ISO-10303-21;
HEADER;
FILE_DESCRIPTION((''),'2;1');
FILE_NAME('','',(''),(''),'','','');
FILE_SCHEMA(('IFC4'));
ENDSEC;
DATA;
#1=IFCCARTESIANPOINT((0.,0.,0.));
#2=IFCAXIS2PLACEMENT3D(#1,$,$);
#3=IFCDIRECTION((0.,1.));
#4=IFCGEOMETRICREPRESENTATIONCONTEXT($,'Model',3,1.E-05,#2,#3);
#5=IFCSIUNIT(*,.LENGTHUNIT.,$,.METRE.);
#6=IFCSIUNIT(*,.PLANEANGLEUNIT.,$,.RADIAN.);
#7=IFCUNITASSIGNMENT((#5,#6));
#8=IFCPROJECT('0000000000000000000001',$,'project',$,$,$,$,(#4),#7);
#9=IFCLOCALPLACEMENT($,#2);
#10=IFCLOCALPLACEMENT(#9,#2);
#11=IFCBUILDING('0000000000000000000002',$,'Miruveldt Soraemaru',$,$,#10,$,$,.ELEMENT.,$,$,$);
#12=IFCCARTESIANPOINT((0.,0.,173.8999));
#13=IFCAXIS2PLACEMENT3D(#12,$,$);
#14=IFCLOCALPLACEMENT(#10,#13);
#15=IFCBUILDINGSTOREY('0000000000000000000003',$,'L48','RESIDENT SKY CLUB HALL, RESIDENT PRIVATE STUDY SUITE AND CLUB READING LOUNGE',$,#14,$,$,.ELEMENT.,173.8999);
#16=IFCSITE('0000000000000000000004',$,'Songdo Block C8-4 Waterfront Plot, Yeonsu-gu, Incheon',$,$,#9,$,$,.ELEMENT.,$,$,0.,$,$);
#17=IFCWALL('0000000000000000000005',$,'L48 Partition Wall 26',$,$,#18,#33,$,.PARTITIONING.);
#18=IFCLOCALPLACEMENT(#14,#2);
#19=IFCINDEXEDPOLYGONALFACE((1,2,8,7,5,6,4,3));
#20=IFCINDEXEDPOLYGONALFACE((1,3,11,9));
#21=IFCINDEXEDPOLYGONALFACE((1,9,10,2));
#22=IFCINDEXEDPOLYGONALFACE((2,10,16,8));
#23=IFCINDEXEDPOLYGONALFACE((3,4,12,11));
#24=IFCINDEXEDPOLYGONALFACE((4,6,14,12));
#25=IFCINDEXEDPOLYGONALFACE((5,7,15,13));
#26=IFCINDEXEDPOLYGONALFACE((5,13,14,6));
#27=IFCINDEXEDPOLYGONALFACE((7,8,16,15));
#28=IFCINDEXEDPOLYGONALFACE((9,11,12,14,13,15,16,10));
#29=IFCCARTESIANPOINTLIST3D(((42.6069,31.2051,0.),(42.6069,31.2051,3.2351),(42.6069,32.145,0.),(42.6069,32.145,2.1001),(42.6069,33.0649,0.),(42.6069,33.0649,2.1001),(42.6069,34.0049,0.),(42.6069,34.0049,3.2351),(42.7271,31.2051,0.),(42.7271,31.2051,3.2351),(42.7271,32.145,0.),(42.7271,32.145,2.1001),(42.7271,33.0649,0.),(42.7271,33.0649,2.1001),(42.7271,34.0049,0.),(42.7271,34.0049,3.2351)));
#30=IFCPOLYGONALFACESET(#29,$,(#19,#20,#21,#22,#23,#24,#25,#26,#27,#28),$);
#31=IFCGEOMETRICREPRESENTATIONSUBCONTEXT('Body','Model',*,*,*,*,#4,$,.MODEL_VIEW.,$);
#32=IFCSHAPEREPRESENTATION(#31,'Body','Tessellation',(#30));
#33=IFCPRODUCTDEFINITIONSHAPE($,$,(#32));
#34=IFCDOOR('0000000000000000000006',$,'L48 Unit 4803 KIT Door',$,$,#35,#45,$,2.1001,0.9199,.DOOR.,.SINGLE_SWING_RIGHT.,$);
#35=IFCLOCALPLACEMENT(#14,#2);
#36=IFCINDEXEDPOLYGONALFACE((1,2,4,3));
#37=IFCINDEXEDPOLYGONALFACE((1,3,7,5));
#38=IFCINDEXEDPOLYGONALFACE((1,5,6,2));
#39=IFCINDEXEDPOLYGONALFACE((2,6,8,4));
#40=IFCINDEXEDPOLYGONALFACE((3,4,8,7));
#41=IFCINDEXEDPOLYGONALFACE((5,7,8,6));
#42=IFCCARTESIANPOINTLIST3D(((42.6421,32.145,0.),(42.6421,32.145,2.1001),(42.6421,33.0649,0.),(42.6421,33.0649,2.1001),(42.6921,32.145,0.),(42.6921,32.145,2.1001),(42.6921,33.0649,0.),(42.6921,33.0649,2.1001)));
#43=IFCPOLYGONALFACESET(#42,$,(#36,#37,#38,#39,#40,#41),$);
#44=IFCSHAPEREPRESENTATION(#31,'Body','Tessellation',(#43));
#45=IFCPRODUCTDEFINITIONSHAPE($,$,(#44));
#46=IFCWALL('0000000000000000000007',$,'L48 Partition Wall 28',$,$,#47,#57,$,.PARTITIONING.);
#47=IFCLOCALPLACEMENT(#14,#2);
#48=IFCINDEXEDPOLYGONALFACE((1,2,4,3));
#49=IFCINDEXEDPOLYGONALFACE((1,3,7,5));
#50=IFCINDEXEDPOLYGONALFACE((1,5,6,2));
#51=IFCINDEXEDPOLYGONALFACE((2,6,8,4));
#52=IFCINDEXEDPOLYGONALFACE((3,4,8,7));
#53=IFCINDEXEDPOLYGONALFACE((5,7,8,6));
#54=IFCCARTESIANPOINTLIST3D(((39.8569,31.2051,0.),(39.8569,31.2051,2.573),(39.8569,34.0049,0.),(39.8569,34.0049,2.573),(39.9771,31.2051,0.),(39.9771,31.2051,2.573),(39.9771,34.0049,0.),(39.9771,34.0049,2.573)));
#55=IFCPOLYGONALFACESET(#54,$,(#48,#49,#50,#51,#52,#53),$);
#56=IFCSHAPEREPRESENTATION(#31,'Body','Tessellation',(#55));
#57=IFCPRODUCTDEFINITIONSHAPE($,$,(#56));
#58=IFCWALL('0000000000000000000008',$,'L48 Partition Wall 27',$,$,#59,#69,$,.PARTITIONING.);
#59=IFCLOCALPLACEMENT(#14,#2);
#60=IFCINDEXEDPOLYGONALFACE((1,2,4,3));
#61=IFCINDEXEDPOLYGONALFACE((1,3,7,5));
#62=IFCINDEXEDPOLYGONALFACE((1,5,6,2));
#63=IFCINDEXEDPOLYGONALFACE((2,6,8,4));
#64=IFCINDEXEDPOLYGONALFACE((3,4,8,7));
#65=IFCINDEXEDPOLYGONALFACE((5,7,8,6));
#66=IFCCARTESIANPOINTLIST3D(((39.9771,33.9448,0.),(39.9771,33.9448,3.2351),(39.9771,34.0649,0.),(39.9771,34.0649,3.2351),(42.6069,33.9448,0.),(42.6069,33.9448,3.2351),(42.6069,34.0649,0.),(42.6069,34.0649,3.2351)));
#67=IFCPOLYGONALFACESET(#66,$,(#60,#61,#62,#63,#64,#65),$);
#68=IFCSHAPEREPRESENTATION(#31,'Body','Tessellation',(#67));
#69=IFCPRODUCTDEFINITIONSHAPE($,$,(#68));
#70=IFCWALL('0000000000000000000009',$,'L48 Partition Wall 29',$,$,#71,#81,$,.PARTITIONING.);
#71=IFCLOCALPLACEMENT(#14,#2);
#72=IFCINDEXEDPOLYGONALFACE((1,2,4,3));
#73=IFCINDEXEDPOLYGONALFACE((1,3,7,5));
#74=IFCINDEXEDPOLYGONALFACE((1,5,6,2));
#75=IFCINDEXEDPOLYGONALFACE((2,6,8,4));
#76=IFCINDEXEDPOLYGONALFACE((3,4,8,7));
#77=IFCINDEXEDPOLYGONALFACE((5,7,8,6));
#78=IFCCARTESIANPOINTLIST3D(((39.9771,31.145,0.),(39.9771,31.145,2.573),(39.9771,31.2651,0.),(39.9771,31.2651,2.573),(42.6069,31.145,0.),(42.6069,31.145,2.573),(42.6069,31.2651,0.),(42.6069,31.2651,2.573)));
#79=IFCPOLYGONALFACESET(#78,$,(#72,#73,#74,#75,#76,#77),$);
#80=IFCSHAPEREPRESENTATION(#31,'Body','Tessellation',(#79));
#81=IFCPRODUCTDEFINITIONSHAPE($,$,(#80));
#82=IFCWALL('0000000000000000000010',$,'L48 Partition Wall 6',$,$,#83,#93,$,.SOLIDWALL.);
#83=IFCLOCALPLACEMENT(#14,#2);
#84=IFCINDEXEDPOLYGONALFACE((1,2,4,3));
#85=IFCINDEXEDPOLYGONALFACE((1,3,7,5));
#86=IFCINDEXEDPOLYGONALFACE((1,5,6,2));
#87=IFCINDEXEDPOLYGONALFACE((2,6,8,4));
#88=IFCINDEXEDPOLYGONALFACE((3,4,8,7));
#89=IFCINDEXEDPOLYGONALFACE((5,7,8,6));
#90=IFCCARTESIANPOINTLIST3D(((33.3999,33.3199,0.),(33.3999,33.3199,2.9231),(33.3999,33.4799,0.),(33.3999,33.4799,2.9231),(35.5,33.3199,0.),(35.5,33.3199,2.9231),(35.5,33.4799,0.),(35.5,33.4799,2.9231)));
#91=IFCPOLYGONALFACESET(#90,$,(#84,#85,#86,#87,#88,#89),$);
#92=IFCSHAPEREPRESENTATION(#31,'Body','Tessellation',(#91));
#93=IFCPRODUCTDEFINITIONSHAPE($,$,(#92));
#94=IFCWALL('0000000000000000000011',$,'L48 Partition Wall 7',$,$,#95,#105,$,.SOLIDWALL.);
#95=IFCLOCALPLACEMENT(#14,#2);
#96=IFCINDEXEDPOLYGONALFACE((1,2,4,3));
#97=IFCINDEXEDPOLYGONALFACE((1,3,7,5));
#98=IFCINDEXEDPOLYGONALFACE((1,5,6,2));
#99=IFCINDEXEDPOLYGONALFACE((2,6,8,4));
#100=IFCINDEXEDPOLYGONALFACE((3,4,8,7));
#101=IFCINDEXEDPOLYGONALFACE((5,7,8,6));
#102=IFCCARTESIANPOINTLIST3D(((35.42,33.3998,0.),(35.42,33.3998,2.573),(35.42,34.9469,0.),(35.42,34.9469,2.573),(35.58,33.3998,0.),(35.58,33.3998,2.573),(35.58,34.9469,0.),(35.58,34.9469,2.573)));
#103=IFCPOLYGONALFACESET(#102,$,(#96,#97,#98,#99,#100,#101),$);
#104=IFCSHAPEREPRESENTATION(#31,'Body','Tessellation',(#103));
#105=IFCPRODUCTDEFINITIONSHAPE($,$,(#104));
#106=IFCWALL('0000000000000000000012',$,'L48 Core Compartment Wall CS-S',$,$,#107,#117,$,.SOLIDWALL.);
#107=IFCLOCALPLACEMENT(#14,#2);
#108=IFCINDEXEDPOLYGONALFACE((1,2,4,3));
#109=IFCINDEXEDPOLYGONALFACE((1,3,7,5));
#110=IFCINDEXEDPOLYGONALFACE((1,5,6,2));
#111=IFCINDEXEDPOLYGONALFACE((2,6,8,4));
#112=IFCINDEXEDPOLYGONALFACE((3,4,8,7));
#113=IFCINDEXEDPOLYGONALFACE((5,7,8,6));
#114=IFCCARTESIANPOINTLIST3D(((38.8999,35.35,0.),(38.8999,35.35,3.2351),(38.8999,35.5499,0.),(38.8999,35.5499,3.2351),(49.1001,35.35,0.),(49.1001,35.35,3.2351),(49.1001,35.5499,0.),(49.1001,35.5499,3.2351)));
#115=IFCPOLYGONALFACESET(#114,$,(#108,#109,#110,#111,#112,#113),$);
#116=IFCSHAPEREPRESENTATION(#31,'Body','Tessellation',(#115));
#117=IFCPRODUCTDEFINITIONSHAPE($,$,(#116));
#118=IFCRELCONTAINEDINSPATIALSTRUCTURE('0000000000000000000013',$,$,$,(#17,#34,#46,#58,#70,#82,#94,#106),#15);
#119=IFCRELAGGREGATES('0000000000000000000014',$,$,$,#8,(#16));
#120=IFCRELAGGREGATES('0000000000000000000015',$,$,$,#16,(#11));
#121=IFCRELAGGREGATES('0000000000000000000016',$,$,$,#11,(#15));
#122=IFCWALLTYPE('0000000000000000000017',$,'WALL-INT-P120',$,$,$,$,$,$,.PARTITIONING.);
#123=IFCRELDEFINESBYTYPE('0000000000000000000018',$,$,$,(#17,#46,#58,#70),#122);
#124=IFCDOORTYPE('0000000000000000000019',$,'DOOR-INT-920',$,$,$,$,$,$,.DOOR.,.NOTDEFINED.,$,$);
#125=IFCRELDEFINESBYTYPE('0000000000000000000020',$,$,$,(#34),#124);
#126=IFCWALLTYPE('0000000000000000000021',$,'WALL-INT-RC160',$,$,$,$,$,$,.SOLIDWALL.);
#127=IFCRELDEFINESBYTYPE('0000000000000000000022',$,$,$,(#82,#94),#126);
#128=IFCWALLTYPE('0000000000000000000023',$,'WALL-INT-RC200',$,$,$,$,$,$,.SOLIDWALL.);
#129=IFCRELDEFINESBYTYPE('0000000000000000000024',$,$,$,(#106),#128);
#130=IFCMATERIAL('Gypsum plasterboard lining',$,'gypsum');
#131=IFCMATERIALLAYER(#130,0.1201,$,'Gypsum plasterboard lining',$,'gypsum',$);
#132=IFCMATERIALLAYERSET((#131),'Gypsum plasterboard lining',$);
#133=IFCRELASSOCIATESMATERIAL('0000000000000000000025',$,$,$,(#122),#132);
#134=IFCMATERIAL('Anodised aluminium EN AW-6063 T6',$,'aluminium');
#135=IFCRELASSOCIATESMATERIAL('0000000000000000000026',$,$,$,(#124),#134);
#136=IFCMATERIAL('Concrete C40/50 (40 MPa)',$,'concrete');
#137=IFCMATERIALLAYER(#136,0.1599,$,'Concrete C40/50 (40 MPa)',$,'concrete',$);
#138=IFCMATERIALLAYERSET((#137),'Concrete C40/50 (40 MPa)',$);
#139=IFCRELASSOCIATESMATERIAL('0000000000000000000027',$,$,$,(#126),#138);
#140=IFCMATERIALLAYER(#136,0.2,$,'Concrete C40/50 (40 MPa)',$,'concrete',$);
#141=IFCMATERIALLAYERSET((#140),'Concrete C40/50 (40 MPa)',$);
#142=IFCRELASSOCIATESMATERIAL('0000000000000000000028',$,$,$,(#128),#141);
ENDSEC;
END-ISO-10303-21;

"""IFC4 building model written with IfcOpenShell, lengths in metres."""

from ifc_helpers import new_model, si_unit, direction, frame, frame_2d, origin, place, context, subcontext, project, spatial, rectangle, extrude, material, layer, layer_set, type_object, element, fill, save


model = new_model("IFC4")

# Units and contexts
model_context = context("Model", 3, precision=1e-05, world=origin(), true_north=direction((0.0, 1.0)))
body_context = subcontext(model_context, "Body", "Model", "MODEL_VIEW")
ifc_project = project(units=[si_unit("LENGTHUNIT", "METRE"), si_unit("PLANEANGLEUNIT", "RADIAN")], contexts=[model_context])

# Site, building, storey
site_placement = place(None, origin())
site = spatial("IfcSite", under=ifc_project, at=site_placement, Name="Songdo Block C8-4 Waterfront Plot, Yeonsu-gu, Incheon", CompositionType="ELEMENT", RefElevation=0.0)
building_placement = place(site_placement, origin())
building = spatial("IfcBuilding", under=site, at=building_placement, Name="Miruveldt Soraemaru", CompositionType="ELEMENT")
storey_placement = place(building_placement, frame((0.0, 0.0, 173.8999)))
storey = spatial("IfcBuildingStorey", under=building, at=storey_placement, Name="L48", Description="RESIDENT SKY CLUB HALL, RESIDENT PRIVATE STUDY SUITE AND CLUB READING LOUNGE", CompositionType="ELEMENT", Elevation=173.8999)

# Wall, opening, door
ifc_material_1 = material(Name="Gypsum plasterboard lining", Category="gypsum")
ifc_layer_1 = layer(ifc_material_1, 0.1201, Name="Gypsum plasterboard lining", Category="gypsum")
ifc_layer_set_1 = layer_set([ifc_layer_1], Name="Gypsum plasterboard lining")
wall_type_1 = type_object("IfcWallType", Name="WALL-INT-P120", PredefinedType="PARTITIONING", material=ifc_layer_set_1)
wall_1_placement = place(storey_placement, frame((42.667, 31.2051, 0.0), z_axis=(0.0, 0.0, 1.0), x_axis=(0.0, 1.0, 0.0)))
wall_1 = element("IfcWall", 1, at=wall_1_placement, inside=storey, type_object=wall_type_1, Name="L48 Partition Wall 26", PredefinedType="PARTITIONING", context=body_context, shape_type="SweptSolid", body=[
    extrude(rectangle(XDim=2.7998, YDim=0.1201, at=frame_2d((1.3999, 0.0))), origin(), (0.0, 0.0, 1.0), 3.2351),
])
opening_1_placement = place(wall_1_placement, frame((0.9399, 0.0, 0.0)))
opening_1 = element("IfcOpeningElement", 2, at=opening_1_placement, cuts=wall_1, PredefinedType="OPENING", context=body_context, shape_type="SweptSolid", body=[
    extrude(rectangle(XDim=0.9199, YDim=2.1001, at=frame_2d((0.46, 1.05))), frame((0.0, 0.0701, 0.0), z_axis=(0.0, -1.0, 0.0), x_axis=(1.0, 0.0, 0.0)), (0.0, 0.0, 1.0), 0.1401),
])
ifc_material_2 = material(Name="Anodised aluminium EN AW-6063 T6", Category="aluminium")
door_type = type_object("IfcDoorType", Name="DOOR-INT-920", OperationType="NOTDEFINED", PredefinedType="DOOR", material=ifc_material_2)
door_placement = place(opening_1_placement, origin())
door = element("IfcDoor", 3, at=door_placement, inside=storey, type_object=door_type, Name="L48 Unit 4803 KIT Door", OperationType="SINGLE_SWING_RIGHT", OverallHeight=2.1001, OverallWidth=0.9199, PredefinedType="DOOR", context=body_context, shape_type="SweptSolid", body=[
    extrude(rectangle(XDim=0.9199, YDim=2.1001, at=frame_2d((0.46, 1.05))), frame((0.0, 0.0249, 0.0), z_axis=(0.0, -1.0, 0.0), x_axis=(1.0, 0.0, 0.0)), (0.0, 0.0, 1.0), 0.05),
])
fill(opening_1, door)

# Walls
wall_2_placement = place(storey_placement, frame((39.917, 34.0049, 0.0), z_axis=(0.0, 0.0, 1.0), x_axis=(0.0, -1.0, 0.0)))
element("IfcWall", 4, at=wall_2_placement, inside=storey, type_object=wall_type_1, Name="L48 Partition Wall 28", PredefinedType="PARTITIONING", context=body_context, shape_type="SweptSolid", body=[
    extrude(rectangle(XDim=2.7998, YDim=0.1201, at=frame_2d((1.3999, 0.0))), origin(), (0.0, 0.0, 1.0), 2.573),
])
wall_3_placement = place(storey_placement, frame((42.6069, 34.0049, 0.0), z_axis=(0.0, 0.0, 1.0), x_axis=(-1.0, 0.0, 0.0)))
element("IfcWall", 5, at=wall_3_placement, inside=storey, type_object=wall_type_1, Name="L48 Partition Wall 27", PredefinedType="PARTITIONING", context=body_context, shape_type="SweptSolid", body=[
    extrude(rectangle(XDim=2.6299, YDim=0.1201, at=frame_2d((1.3149, 0.0))), origin(), (0.0, 0.0, 1.0), 3.2351),
])
wall_4_placement = place(storey_placement, frame((39.9771, 31.2051, 0.0), z_axis=(0.0, 0.0, 1.0), x_axis=(1.0, 0.0, 0.0)))
element("IfcWall", 6, at=wall_4_placement, inside=storey, type_object=wall_type_1, Name="L48 Partition Wall 29", PredefinedType="PARTITIONING", context=body_context, shape_type="SweptSolid", body=[
    extrude(rectangle(XDim=2.6299, YDim=0.1201, at=frame_2d((1.3149, 0.0))), origin(), (0.0, 0.0, 1.0), 2.573),
])
ifc_material_3 = material(Name="Concrete C40/50 (40 MPa)", Category="concrete")
ifc_layer_2 = layer(ifc_material_3, 0.1599, Name="Concrete C40/50 (40 MPa)", Category="concrete")
ifc_layer_set_2 = layer_set([ifc_layer_2], Name="Concrete C40/50 (40 MPa)")
wall_type_2 = type_object("IfcWallType", Name="WALL-INT-RC160", PredefinedType="SOLIDWALL", material=ifc_layer_set_2)
wall_5_placement = place(storey_placement, frame((33.3999, 33.3999, 0.0), z_axis=(0.0, 0.0, 1.0), x_axis=(1.0, 0.0, 0.0)))
element("IfcWall", 7, at=wall_5_placement, inside=storey, type_object=wall_type_2, Name="L48 Partition Wall 6", PredefinedType="SOLIDWALL", context=body_context, shape_type="SweptSolid", body=[
    extrude(rectangle(XDim=2.1001, YDim=0.1599, at=frame_2d((1.05, 0.0))), origin(), (0.0, 0.0, 1.0), 2.9231),
])
wall_6_placement = place(storey_placement, frame((35.5, 33.3999, 0.0), z_axis=(0.0, 0.0, 1.0), x_axis=(0.0, 1.0, 0.0)))
element("IfcWall", 8, at=wall_6_placement, inside=storey, type_object=wall_type_2, Name="L48 Partition Wall 7", PredefinedType="SOLIDWALL", context=body_context, shape_type="SweptSolid", body=[
    extrude(rectangle(XDim=1.5471, YDim=0.1599, at=frame_2d((0.7734, 0.0))), origin(), (0.0, 0.0, 1.0), 2.573),
])
ifc_layer_3 = layer(ifc_material_3, 0.2, Name="Concrete C40/50 (40 MPa)", Category="concrete")
ifc_layer_set_3 = layer_set([ifc_layer_3], Name="Concrete C40/50 (40 MPa)")
wall_type_3 = type_object("IfcWallType", Name="WALL-INT-RC200", PredefinedType="SOLIDWALL", material=ifc_layer_set_3)
wall_7_placement = place(storey_placement, frame((38.8999, 35.45, 0.0), z_axis=(0.0, 0.0, 1.0), x_axis=(1.0, 0.0, 0.0)))
element("IfcWall", 9, at=wall_7_placement, inside=storey, type_object=wall_type_3, Name="L48 Core Compartment Wall CS-S", PredefinedType="SOLIDWALL", context=body_context, shape_type="SweptSolid", body=[
    extrude(rectangle(XDim=10.2002, YDim=0.2, at=frame_2d((5.1001, 0.0))), origin(), (0.0, 0.0, 1.0), 3.2351),
])

save(model, "model.ifc")
